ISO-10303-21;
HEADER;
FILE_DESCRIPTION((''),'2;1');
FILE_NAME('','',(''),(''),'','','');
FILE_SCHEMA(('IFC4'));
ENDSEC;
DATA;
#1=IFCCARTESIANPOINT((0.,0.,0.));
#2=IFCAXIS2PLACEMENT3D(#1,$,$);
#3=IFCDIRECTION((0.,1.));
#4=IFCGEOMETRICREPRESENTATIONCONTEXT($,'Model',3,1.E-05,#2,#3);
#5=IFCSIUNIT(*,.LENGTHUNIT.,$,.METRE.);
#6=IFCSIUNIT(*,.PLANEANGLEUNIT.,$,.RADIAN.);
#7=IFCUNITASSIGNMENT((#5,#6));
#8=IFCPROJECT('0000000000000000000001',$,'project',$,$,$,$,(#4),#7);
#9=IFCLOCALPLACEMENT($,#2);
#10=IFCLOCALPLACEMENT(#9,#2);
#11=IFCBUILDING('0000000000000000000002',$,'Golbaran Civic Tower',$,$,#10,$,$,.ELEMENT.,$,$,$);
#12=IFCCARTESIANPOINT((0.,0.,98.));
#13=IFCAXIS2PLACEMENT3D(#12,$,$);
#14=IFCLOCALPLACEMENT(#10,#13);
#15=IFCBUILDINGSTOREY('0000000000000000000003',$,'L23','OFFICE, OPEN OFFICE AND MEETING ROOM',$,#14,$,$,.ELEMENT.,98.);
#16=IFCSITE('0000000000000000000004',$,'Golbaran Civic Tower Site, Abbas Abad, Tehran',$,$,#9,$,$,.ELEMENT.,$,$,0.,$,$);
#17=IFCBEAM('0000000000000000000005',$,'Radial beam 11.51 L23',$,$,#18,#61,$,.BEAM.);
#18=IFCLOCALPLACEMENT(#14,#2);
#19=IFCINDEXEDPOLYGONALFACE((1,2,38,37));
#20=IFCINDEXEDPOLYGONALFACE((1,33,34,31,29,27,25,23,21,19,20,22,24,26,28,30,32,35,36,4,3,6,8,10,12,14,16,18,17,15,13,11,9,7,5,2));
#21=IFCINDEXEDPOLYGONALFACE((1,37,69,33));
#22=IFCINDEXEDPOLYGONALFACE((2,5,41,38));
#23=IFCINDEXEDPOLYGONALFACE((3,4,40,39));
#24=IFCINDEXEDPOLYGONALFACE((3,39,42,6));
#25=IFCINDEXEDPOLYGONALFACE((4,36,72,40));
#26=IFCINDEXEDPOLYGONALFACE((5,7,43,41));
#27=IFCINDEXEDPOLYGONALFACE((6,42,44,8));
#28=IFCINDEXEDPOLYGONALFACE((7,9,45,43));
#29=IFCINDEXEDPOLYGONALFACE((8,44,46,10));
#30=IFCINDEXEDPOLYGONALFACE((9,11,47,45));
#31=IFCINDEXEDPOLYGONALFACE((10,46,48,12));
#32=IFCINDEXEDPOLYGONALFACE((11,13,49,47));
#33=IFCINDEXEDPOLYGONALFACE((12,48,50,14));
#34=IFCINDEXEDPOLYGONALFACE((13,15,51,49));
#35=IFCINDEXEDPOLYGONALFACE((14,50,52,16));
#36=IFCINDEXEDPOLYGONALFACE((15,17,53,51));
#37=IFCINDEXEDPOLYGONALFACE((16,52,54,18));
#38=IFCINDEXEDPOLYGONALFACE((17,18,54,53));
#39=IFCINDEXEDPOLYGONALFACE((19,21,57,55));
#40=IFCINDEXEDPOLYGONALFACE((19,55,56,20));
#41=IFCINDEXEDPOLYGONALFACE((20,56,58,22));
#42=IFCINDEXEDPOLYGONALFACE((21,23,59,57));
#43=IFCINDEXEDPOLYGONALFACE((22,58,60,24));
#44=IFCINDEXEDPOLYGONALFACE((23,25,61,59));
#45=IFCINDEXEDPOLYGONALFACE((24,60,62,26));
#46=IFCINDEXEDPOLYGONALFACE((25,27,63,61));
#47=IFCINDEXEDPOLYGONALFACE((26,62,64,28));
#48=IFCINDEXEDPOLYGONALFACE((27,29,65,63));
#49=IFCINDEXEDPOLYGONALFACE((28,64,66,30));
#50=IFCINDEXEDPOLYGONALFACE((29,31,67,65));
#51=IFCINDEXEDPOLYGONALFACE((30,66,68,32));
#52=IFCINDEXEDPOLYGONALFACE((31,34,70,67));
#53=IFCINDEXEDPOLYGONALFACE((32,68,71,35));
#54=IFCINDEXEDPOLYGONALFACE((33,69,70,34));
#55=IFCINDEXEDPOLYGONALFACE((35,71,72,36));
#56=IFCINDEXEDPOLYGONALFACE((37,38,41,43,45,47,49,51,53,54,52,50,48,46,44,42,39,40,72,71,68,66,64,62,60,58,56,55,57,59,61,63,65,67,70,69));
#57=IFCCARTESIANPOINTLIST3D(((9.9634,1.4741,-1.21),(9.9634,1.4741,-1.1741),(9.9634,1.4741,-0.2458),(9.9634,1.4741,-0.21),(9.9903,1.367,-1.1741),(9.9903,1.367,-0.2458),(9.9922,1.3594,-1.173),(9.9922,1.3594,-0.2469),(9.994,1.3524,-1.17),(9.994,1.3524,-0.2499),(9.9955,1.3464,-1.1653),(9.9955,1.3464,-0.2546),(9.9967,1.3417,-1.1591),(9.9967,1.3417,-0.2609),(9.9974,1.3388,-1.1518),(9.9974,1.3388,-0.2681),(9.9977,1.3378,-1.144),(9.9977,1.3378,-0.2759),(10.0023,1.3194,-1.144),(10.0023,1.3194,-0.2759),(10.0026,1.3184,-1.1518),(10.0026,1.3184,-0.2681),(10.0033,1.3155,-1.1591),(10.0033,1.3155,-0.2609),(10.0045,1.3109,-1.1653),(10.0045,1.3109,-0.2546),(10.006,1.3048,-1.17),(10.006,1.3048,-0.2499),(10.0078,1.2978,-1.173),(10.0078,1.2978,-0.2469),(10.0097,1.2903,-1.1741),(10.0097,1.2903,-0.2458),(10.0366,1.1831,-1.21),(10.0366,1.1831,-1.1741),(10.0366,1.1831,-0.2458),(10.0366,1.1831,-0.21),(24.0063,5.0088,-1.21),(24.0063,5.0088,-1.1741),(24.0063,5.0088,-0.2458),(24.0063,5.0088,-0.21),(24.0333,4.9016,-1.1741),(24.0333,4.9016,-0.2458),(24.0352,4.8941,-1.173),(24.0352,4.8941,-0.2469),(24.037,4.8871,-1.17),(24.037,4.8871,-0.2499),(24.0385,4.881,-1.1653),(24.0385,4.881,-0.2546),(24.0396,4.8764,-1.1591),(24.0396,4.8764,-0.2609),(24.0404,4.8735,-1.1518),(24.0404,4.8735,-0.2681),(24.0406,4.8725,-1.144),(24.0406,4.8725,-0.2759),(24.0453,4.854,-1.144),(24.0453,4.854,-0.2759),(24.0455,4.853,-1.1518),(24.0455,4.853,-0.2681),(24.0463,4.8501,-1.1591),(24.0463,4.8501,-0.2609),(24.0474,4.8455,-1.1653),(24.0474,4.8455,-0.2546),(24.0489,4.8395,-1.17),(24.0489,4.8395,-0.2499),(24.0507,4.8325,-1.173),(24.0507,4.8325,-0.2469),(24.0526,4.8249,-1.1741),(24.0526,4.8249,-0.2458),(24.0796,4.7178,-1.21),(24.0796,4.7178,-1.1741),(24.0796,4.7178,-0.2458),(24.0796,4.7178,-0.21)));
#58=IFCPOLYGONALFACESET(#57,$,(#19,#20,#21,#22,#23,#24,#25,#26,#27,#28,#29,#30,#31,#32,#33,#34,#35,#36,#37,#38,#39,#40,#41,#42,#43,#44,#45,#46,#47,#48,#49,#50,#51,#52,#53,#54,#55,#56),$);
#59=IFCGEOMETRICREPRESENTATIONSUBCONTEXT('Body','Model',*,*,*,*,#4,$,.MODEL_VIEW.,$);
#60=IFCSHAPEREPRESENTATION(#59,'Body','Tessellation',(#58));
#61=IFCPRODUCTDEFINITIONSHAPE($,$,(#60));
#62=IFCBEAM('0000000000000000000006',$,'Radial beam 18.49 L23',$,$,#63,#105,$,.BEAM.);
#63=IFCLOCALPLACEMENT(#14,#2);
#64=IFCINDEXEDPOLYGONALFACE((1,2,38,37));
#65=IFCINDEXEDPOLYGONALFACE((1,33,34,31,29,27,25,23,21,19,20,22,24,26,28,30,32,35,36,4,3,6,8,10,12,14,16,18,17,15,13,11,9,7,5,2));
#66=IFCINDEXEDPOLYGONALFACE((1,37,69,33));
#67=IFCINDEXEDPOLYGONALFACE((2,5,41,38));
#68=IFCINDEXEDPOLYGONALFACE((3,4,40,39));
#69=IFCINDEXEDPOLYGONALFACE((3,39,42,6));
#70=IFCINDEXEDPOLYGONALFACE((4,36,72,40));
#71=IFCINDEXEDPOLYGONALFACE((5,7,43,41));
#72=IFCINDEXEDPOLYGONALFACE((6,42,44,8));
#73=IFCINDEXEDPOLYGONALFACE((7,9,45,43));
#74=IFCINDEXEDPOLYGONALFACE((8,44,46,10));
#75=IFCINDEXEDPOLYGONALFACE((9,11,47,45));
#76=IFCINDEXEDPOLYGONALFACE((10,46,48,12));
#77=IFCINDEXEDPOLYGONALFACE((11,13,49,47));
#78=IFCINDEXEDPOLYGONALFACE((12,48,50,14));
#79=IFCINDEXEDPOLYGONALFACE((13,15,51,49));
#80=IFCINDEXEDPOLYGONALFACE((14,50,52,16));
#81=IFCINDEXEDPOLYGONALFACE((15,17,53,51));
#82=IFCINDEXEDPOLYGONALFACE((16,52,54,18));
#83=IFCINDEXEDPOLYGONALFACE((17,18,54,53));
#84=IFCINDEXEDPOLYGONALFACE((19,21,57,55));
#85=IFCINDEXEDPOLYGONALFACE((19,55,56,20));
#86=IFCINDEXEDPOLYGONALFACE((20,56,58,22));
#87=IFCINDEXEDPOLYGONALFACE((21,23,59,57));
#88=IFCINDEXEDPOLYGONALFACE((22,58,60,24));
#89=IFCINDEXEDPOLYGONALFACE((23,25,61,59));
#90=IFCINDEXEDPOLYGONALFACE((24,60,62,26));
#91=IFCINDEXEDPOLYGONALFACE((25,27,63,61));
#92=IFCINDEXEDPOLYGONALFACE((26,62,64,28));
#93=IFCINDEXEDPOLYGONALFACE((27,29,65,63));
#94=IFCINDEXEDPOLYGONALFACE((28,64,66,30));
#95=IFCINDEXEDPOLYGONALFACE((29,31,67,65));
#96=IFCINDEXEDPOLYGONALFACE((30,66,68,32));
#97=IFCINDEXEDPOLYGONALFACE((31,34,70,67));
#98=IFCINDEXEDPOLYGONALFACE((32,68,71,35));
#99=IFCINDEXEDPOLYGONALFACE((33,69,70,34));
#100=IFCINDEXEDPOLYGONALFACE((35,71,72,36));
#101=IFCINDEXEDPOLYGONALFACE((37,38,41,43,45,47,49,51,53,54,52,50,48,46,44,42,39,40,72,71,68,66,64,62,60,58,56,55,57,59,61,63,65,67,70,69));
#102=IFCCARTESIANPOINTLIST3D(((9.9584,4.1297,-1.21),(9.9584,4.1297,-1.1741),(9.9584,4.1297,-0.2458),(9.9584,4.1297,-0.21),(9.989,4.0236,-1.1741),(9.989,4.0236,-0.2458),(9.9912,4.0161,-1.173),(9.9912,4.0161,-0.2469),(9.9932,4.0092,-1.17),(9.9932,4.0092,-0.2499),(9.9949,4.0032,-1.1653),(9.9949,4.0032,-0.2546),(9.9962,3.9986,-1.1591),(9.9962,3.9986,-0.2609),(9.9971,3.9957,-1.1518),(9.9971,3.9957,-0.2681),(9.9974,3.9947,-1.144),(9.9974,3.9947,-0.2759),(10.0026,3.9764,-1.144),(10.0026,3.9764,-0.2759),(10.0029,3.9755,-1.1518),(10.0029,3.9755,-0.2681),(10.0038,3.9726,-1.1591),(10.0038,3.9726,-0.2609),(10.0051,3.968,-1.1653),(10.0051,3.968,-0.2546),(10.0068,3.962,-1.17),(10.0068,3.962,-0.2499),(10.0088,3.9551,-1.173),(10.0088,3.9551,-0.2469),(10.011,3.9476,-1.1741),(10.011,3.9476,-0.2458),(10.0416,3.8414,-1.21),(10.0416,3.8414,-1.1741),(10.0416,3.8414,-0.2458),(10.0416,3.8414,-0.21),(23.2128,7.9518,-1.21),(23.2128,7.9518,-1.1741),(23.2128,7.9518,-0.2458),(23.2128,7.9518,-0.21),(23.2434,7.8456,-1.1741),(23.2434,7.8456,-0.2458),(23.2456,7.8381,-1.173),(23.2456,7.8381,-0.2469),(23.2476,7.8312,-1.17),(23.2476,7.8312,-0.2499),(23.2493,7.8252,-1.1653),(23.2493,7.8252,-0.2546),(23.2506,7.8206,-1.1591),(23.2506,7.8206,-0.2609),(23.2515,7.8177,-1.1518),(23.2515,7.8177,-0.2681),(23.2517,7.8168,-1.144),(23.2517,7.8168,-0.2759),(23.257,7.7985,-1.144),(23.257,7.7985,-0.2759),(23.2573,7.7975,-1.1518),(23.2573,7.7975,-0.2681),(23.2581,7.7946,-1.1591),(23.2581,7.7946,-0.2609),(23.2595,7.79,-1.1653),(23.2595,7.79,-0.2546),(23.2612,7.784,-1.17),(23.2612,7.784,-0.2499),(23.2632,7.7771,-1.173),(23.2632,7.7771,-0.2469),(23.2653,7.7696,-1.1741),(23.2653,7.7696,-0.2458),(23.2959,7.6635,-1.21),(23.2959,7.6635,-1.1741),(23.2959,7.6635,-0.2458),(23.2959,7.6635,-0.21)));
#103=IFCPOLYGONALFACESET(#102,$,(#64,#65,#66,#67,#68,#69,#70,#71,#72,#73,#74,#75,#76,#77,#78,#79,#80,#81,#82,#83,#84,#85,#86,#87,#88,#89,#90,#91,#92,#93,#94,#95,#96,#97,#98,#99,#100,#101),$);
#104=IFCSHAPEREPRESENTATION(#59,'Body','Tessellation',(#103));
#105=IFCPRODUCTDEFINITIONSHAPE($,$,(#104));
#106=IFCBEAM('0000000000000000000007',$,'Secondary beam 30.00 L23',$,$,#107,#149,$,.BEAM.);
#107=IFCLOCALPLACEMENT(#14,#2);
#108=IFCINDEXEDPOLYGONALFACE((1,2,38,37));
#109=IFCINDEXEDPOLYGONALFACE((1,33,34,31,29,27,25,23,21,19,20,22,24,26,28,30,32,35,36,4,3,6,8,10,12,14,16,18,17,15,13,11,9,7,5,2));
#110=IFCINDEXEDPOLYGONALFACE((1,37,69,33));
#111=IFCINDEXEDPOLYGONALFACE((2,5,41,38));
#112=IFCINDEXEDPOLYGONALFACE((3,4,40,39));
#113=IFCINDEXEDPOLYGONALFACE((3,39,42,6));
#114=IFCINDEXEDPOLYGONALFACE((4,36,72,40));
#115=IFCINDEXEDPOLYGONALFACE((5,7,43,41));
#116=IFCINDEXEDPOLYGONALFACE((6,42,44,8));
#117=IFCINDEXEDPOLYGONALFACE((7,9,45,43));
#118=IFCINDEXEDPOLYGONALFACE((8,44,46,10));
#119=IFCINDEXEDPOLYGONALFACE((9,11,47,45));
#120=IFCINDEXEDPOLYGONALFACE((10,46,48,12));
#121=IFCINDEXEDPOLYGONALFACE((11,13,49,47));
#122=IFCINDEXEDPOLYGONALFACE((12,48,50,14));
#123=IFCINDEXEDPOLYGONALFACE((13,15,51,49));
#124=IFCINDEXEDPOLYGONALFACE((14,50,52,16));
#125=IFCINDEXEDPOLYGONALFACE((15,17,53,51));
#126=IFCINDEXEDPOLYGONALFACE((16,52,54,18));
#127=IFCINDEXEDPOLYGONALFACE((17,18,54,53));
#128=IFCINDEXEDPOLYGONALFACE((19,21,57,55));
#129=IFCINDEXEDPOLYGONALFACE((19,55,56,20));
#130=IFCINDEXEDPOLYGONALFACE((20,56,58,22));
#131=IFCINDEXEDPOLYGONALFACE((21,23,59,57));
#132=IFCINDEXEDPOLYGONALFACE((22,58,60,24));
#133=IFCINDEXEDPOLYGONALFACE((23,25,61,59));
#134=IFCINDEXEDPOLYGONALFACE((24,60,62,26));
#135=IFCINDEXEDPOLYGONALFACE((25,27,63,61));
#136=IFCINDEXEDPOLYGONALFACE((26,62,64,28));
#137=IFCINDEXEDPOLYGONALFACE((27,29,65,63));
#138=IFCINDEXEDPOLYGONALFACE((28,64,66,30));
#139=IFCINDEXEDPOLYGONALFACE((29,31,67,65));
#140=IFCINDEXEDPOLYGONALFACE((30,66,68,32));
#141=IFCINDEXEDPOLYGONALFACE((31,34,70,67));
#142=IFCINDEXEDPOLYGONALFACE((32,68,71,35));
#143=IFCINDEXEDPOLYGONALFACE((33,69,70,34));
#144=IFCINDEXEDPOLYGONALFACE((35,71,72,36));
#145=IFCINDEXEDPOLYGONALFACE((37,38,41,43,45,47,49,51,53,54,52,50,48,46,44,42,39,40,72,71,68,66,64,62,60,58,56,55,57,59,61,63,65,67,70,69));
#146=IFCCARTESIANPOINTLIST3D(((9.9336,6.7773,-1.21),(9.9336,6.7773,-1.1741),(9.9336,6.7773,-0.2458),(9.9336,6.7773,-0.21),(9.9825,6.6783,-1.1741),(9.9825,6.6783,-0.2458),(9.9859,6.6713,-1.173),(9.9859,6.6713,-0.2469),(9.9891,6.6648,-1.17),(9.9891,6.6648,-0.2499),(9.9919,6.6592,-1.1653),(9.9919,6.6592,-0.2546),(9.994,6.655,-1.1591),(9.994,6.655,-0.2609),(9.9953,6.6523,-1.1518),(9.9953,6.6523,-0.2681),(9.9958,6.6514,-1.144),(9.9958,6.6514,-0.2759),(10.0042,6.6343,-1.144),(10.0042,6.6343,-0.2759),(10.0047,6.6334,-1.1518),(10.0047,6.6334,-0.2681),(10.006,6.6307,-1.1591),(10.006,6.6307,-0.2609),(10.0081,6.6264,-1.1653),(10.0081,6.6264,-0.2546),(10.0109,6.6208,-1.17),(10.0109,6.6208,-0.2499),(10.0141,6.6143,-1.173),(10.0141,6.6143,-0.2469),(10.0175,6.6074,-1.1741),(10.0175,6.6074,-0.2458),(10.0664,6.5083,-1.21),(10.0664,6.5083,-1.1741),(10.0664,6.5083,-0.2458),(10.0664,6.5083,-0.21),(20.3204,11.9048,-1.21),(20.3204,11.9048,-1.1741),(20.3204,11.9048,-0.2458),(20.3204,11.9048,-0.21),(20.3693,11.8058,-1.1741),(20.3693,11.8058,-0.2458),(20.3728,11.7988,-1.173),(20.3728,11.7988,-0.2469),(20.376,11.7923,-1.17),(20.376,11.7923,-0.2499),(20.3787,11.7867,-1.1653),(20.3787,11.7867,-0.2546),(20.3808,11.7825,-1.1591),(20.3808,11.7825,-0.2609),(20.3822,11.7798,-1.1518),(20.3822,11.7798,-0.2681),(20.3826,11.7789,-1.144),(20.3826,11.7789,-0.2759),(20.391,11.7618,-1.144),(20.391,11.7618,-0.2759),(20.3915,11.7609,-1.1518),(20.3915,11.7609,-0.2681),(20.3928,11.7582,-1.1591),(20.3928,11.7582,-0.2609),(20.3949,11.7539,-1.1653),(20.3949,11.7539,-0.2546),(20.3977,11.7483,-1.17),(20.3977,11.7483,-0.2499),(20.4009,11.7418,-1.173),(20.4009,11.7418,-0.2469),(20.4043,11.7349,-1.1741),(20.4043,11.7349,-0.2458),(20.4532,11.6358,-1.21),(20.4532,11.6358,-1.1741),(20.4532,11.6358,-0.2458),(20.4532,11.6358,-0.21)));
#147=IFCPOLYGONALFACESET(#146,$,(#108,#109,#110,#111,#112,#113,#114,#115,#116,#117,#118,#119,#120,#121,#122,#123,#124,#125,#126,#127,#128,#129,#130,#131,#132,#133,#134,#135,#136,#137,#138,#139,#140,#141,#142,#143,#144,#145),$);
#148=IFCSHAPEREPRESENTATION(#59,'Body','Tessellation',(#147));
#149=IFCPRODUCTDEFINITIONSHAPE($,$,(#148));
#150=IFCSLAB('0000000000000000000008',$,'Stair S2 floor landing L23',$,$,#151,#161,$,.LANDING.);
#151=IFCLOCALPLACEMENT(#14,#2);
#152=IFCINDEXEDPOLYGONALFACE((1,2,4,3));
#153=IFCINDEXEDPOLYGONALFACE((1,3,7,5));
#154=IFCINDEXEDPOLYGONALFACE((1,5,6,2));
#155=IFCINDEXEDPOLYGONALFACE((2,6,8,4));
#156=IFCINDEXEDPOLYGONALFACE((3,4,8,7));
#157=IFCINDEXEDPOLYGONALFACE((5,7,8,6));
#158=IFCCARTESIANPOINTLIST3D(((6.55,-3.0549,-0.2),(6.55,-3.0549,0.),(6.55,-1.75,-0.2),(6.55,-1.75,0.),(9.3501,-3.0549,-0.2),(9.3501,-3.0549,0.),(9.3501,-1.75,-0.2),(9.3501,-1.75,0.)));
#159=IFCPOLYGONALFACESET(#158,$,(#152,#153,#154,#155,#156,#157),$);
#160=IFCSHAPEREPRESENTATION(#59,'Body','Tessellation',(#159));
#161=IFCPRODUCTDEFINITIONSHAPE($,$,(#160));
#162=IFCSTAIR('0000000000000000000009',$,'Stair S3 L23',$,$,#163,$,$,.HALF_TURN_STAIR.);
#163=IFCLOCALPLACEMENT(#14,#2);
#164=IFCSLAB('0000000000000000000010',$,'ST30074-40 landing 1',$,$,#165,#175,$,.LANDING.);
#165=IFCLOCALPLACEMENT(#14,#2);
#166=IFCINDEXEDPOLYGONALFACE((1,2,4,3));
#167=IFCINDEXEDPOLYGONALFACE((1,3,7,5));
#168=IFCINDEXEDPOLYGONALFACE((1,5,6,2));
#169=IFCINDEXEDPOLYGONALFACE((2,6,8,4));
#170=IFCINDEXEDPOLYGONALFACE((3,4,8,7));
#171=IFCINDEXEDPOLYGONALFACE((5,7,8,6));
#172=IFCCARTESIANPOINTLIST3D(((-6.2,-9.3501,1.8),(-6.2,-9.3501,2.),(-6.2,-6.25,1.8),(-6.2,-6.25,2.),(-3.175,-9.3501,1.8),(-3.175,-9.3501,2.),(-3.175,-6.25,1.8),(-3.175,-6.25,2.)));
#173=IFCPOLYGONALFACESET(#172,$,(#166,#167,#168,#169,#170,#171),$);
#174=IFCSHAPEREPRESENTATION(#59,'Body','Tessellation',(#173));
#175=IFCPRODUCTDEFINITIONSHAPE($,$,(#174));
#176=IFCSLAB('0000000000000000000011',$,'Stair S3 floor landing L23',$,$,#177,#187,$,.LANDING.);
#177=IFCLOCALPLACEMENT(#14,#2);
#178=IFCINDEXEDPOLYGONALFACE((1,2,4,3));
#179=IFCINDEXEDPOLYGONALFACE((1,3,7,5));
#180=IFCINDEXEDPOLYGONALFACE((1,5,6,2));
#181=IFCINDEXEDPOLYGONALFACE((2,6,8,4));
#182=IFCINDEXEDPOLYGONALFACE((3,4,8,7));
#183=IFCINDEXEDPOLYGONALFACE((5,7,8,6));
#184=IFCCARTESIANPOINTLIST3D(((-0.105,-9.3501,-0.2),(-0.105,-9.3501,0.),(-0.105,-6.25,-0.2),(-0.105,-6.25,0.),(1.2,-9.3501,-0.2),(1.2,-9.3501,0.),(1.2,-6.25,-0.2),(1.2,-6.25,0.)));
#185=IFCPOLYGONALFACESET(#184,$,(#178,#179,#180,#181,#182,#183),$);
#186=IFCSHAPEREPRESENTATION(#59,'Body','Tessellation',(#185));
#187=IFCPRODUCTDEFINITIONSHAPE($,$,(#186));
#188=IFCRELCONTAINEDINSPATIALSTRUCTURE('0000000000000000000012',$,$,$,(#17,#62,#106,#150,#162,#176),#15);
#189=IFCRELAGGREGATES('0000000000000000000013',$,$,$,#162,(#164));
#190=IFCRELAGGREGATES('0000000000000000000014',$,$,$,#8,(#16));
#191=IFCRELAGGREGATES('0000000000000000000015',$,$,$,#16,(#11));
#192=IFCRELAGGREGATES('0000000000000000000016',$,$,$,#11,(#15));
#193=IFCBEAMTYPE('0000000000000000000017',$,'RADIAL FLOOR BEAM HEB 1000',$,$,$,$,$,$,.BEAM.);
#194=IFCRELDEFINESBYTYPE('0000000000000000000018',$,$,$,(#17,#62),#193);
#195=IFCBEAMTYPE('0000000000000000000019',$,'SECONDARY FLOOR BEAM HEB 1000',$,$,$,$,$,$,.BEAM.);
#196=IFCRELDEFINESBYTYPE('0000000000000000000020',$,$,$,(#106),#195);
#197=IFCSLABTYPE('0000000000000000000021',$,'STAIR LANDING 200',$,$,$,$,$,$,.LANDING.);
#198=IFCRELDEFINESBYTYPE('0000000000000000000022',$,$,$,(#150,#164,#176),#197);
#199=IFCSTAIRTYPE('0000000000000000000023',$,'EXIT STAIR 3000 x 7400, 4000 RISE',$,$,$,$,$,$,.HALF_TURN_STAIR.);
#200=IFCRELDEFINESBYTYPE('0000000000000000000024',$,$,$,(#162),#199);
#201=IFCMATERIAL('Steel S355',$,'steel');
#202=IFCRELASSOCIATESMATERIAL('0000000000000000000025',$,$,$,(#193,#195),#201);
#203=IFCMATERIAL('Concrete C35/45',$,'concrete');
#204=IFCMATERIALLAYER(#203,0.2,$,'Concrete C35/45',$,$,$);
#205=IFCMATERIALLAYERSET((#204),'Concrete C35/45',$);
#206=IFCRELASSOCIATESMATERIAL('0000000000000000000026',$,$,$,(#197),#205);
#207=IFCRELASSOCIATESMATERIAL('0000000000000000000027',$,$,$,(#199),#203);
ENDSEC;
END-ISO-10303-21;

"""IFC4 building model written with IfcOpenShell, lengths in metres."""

from ifc_helpers import new_model, si_unit, direction, frame, origin, origin_2d, place, context, subcontext, project, spatial, polyline, i_section, outline, extrude, material, layer, layer_set, material_profile, profile_set, type_object, element, aggregate, save


model = new_model("IFC4")

# Units and contexts
model_context = context("Model", 3, precision=1e-05, world=origin(), true_north=direction((0.0, 1.0)))
body_context = subcontext(model_context, "Body", "Model", "MODEL_VIEW")
ifc_project = project(units=[si_unit("LENGTHUNIT", "METRE"), si_unit("PLANEANGLEUNIT", "RADIAN")], contexts=[model_context])

# Site, building, storey
site_placement = place(None, origin())
site = spatial("IfcSite", under=ifc_project, at=site_placement, Name="Golbaran Civic Tower Site, Abbas Abad, Tehran", CompositionType="ELEMENT", RefElevation=0.0)
building_placement = place(site_placement, origin())
building = spatial("IfcBuilding", under=site, at=building_placement, Name="Golbaran Civic Tower", CompositionType="ELEMENT")
storey_placement = place(building_placement, frame((0.0, 0.0, 98.0)))
storey = spatial("IfcBuildingStorey", under=building, at=storey_placement, Name="L23", Description="OFFICE, OPEN OFFICE AND MEETING ROOM", CompositionType="ELEMENT", Elevation=98.0)

# Beams
ifc_material_1 = material(Name="Steel S355", Category="steel")
ifc_material_profile_1 = material_profile(ifc_material_1, i_section(OverallWidth=0.3, OverallDepth=1.0, WebThickness=0.019, FlangeThickness=0.0359, FilletRadius=0.03, at=origin_2d()), Name="HEB 1000")
ifc_profile_set_1 = profile_set([ifc_material_profile_1], Name="Steel S355")
beam_type_1 = type_object("IfcBeamType", Name="RADIAL FLOOR BEAM HEB 1000", PredefinedType="BEAM", material=ifc_profile_set_1)
beam_1_placement = place(storey_placement, frame((10.0, 1.3286, -0.71), z_axis=(0.969752, 0.24409, 0.0), x_axis=(-0.24409, 0.969752, 0.0)))
element("IfcBeam", 1, at=beam_1_placement, inside=storey, type_object=beam_type_1, Name="Radial beam 11.51 L23", PredefinedType="BEAM", context=body_context, shape_type="SweptSolid", body=[
    extrude(i_section(OverallWidth=0.3, OverallDepth=1.0, WebThickness=0.019, FlangeThickness=0.0359, FilletRadius=0.03, at=origin_2d()), origin(), (0.0, 0.0, 1.0), 14.481),
])
beam_2_placement = place(storey_placement, frame((10.0, 3.9856, -0.71), z_axis=(0.96085, 0.27707, 0.0), x_axis=(-0.27707, 0.96085, 0.0)))
element("IfcBeam", 2, at=beam_2_placement, inside=storey, type_object=beam_type_1, Name="Radial beam 18.49 L23", PredefinedType="BEAM", context=body_context, shape_type="SweptSolid", body=[
    extrude(i_section(OverallWidth=0.3, OverallDepth=1.0, WebThickness=0.019, FlangeThickness=0.0359, FilletRadius=0.03, at=origin_2d()), origin(), (0.0, 0.0, 1.0), 13.7944),
])
ifc_material_profile_2 = material_profile(ifc_material_1, i_section(OverallWidth=0.3, OverallDepth=1.0, WebThickness=0.019, FlangeThickness=0.0359, FilletRadius=0.03, at=origin_2d()), Name="HEB 1000")
ifc_profile_set_2 = profile_set([ifc_material_profile_2], Name="Steel S355")
beam_type_2 = type_object("IfcBeamType", Name="SECONDARY FLOOR BEAM HEB 1000", PredefinedType="BEAM", material=ifc_profile_set_2)
beam_3_placement = place(storey_placement, frame((10.0, 6.6428, -0.71), z_axis=(0.896692, 0.442655, 0.0), x_axis=(-0.442655, 0.896692, 0.0)))
element("IfcBeam", 3, at=beam_3_placement, inside=storey, type_object=beam_type_2, Name="Secondary beam 30.00 L23", PredefinedType="BEAM", context=body_context, shape_type="SweptSolid", body=[
    extrude(i_section(OverallWidth=0.3, OverallDepth=1.0, WebThickness=0.019, FlangeThickness=0.0359, FilletRadius=0.03, at=origin_2d()), origin(), (0.0, 0.0, 1.0), 11.5835),
])

# Slab
ifc_material_2 = material(Name="Concrete C35/45", Category="concrete")
ifc_layer_1 = layer(ifc_material_2, 0.2, Name="Concrete C35/45")
ifc_layer_set_1 = layer_set([ifc_layer_1], Name="Concrete C35/45")
slab_type = type_object("IfcSlabType", Name="STAIR LANDING 200", PredefinedType="LANDING", material=ifc_layer_set_1)
slab_1_placement = place(storey_placement, frame((0.0, 0.0, -0.2)))
element("IfcSlab", 4, at=slab_1_placement, inside=storey, type_object=slab_type, Name="Stair S2 floor landing L23", PredefinedType="LANDING", context=body_context, shape_type="SweptSolid", body=[
    extrude(outline(polyline([(9.3501, -1.75), (9.3501, -3.0549), (6.55, -3.0549), (6.55, -1.75), (9.3501, -1.75)])), origin(), (0.0, 0.0, 1.0), 0.2),
])

# Stair, slab
stair_type = type_object("IfcStairType", Name="EXIT STAIR 3000 x 7400, 4000 RISE", PredefinedType="HALF_TURN_STAIR", material=ifc_material_2)
stair_placement = place(storey_placement, origin())
stair = element("IfcStair", 5, at=stair_placement, inside=storey, type_object=stair_type, Name="Stair S3 L23", PredefinedType="HALF_TURN_STAIR")
slab_2_placement = place(storey_placement, frame((0.0, 0.0, 1.8)))
slab_2 = element("IfcSlab", 6, at=slab_2_placement, type_object=slab_type, Name="ST30074-40 landing 1", PredefinedType="LANDING", context=body_context, shape_type="SweptSolid", body=[
    extrude(outline(polyline([(-3.175, -9.3501), (-6.2, -9.3501), (-6.2, -6.25), (-3.175, -6.25), (-3.175, -9.3501)])), origin(), (0.0, 0.0, 1.0), 0.2),
])
aggregate(stair, [slab_2])

# Slab
slab_3_placement = place(storey_placement, frame((0.0, 0.0, -0.2)))
element("IfcSlab", 7, at=slab_3_placement, inside=storey, type_object=slab_type, Name="Stair S3 floor landing L23", PredefinedType="LANDING", context=body_context, shape_type="SweptSolid", body=[
    extrude(outline(polyline([(1.2, -9.3501), (-0.105, -9.3501), (-0.105, -6.25), (1.2, -6.25), (1.2, -9.3501)])), origin(), (0.0, 0.0, 1.0), 0.2),
])

save(model, "model.ifc")
